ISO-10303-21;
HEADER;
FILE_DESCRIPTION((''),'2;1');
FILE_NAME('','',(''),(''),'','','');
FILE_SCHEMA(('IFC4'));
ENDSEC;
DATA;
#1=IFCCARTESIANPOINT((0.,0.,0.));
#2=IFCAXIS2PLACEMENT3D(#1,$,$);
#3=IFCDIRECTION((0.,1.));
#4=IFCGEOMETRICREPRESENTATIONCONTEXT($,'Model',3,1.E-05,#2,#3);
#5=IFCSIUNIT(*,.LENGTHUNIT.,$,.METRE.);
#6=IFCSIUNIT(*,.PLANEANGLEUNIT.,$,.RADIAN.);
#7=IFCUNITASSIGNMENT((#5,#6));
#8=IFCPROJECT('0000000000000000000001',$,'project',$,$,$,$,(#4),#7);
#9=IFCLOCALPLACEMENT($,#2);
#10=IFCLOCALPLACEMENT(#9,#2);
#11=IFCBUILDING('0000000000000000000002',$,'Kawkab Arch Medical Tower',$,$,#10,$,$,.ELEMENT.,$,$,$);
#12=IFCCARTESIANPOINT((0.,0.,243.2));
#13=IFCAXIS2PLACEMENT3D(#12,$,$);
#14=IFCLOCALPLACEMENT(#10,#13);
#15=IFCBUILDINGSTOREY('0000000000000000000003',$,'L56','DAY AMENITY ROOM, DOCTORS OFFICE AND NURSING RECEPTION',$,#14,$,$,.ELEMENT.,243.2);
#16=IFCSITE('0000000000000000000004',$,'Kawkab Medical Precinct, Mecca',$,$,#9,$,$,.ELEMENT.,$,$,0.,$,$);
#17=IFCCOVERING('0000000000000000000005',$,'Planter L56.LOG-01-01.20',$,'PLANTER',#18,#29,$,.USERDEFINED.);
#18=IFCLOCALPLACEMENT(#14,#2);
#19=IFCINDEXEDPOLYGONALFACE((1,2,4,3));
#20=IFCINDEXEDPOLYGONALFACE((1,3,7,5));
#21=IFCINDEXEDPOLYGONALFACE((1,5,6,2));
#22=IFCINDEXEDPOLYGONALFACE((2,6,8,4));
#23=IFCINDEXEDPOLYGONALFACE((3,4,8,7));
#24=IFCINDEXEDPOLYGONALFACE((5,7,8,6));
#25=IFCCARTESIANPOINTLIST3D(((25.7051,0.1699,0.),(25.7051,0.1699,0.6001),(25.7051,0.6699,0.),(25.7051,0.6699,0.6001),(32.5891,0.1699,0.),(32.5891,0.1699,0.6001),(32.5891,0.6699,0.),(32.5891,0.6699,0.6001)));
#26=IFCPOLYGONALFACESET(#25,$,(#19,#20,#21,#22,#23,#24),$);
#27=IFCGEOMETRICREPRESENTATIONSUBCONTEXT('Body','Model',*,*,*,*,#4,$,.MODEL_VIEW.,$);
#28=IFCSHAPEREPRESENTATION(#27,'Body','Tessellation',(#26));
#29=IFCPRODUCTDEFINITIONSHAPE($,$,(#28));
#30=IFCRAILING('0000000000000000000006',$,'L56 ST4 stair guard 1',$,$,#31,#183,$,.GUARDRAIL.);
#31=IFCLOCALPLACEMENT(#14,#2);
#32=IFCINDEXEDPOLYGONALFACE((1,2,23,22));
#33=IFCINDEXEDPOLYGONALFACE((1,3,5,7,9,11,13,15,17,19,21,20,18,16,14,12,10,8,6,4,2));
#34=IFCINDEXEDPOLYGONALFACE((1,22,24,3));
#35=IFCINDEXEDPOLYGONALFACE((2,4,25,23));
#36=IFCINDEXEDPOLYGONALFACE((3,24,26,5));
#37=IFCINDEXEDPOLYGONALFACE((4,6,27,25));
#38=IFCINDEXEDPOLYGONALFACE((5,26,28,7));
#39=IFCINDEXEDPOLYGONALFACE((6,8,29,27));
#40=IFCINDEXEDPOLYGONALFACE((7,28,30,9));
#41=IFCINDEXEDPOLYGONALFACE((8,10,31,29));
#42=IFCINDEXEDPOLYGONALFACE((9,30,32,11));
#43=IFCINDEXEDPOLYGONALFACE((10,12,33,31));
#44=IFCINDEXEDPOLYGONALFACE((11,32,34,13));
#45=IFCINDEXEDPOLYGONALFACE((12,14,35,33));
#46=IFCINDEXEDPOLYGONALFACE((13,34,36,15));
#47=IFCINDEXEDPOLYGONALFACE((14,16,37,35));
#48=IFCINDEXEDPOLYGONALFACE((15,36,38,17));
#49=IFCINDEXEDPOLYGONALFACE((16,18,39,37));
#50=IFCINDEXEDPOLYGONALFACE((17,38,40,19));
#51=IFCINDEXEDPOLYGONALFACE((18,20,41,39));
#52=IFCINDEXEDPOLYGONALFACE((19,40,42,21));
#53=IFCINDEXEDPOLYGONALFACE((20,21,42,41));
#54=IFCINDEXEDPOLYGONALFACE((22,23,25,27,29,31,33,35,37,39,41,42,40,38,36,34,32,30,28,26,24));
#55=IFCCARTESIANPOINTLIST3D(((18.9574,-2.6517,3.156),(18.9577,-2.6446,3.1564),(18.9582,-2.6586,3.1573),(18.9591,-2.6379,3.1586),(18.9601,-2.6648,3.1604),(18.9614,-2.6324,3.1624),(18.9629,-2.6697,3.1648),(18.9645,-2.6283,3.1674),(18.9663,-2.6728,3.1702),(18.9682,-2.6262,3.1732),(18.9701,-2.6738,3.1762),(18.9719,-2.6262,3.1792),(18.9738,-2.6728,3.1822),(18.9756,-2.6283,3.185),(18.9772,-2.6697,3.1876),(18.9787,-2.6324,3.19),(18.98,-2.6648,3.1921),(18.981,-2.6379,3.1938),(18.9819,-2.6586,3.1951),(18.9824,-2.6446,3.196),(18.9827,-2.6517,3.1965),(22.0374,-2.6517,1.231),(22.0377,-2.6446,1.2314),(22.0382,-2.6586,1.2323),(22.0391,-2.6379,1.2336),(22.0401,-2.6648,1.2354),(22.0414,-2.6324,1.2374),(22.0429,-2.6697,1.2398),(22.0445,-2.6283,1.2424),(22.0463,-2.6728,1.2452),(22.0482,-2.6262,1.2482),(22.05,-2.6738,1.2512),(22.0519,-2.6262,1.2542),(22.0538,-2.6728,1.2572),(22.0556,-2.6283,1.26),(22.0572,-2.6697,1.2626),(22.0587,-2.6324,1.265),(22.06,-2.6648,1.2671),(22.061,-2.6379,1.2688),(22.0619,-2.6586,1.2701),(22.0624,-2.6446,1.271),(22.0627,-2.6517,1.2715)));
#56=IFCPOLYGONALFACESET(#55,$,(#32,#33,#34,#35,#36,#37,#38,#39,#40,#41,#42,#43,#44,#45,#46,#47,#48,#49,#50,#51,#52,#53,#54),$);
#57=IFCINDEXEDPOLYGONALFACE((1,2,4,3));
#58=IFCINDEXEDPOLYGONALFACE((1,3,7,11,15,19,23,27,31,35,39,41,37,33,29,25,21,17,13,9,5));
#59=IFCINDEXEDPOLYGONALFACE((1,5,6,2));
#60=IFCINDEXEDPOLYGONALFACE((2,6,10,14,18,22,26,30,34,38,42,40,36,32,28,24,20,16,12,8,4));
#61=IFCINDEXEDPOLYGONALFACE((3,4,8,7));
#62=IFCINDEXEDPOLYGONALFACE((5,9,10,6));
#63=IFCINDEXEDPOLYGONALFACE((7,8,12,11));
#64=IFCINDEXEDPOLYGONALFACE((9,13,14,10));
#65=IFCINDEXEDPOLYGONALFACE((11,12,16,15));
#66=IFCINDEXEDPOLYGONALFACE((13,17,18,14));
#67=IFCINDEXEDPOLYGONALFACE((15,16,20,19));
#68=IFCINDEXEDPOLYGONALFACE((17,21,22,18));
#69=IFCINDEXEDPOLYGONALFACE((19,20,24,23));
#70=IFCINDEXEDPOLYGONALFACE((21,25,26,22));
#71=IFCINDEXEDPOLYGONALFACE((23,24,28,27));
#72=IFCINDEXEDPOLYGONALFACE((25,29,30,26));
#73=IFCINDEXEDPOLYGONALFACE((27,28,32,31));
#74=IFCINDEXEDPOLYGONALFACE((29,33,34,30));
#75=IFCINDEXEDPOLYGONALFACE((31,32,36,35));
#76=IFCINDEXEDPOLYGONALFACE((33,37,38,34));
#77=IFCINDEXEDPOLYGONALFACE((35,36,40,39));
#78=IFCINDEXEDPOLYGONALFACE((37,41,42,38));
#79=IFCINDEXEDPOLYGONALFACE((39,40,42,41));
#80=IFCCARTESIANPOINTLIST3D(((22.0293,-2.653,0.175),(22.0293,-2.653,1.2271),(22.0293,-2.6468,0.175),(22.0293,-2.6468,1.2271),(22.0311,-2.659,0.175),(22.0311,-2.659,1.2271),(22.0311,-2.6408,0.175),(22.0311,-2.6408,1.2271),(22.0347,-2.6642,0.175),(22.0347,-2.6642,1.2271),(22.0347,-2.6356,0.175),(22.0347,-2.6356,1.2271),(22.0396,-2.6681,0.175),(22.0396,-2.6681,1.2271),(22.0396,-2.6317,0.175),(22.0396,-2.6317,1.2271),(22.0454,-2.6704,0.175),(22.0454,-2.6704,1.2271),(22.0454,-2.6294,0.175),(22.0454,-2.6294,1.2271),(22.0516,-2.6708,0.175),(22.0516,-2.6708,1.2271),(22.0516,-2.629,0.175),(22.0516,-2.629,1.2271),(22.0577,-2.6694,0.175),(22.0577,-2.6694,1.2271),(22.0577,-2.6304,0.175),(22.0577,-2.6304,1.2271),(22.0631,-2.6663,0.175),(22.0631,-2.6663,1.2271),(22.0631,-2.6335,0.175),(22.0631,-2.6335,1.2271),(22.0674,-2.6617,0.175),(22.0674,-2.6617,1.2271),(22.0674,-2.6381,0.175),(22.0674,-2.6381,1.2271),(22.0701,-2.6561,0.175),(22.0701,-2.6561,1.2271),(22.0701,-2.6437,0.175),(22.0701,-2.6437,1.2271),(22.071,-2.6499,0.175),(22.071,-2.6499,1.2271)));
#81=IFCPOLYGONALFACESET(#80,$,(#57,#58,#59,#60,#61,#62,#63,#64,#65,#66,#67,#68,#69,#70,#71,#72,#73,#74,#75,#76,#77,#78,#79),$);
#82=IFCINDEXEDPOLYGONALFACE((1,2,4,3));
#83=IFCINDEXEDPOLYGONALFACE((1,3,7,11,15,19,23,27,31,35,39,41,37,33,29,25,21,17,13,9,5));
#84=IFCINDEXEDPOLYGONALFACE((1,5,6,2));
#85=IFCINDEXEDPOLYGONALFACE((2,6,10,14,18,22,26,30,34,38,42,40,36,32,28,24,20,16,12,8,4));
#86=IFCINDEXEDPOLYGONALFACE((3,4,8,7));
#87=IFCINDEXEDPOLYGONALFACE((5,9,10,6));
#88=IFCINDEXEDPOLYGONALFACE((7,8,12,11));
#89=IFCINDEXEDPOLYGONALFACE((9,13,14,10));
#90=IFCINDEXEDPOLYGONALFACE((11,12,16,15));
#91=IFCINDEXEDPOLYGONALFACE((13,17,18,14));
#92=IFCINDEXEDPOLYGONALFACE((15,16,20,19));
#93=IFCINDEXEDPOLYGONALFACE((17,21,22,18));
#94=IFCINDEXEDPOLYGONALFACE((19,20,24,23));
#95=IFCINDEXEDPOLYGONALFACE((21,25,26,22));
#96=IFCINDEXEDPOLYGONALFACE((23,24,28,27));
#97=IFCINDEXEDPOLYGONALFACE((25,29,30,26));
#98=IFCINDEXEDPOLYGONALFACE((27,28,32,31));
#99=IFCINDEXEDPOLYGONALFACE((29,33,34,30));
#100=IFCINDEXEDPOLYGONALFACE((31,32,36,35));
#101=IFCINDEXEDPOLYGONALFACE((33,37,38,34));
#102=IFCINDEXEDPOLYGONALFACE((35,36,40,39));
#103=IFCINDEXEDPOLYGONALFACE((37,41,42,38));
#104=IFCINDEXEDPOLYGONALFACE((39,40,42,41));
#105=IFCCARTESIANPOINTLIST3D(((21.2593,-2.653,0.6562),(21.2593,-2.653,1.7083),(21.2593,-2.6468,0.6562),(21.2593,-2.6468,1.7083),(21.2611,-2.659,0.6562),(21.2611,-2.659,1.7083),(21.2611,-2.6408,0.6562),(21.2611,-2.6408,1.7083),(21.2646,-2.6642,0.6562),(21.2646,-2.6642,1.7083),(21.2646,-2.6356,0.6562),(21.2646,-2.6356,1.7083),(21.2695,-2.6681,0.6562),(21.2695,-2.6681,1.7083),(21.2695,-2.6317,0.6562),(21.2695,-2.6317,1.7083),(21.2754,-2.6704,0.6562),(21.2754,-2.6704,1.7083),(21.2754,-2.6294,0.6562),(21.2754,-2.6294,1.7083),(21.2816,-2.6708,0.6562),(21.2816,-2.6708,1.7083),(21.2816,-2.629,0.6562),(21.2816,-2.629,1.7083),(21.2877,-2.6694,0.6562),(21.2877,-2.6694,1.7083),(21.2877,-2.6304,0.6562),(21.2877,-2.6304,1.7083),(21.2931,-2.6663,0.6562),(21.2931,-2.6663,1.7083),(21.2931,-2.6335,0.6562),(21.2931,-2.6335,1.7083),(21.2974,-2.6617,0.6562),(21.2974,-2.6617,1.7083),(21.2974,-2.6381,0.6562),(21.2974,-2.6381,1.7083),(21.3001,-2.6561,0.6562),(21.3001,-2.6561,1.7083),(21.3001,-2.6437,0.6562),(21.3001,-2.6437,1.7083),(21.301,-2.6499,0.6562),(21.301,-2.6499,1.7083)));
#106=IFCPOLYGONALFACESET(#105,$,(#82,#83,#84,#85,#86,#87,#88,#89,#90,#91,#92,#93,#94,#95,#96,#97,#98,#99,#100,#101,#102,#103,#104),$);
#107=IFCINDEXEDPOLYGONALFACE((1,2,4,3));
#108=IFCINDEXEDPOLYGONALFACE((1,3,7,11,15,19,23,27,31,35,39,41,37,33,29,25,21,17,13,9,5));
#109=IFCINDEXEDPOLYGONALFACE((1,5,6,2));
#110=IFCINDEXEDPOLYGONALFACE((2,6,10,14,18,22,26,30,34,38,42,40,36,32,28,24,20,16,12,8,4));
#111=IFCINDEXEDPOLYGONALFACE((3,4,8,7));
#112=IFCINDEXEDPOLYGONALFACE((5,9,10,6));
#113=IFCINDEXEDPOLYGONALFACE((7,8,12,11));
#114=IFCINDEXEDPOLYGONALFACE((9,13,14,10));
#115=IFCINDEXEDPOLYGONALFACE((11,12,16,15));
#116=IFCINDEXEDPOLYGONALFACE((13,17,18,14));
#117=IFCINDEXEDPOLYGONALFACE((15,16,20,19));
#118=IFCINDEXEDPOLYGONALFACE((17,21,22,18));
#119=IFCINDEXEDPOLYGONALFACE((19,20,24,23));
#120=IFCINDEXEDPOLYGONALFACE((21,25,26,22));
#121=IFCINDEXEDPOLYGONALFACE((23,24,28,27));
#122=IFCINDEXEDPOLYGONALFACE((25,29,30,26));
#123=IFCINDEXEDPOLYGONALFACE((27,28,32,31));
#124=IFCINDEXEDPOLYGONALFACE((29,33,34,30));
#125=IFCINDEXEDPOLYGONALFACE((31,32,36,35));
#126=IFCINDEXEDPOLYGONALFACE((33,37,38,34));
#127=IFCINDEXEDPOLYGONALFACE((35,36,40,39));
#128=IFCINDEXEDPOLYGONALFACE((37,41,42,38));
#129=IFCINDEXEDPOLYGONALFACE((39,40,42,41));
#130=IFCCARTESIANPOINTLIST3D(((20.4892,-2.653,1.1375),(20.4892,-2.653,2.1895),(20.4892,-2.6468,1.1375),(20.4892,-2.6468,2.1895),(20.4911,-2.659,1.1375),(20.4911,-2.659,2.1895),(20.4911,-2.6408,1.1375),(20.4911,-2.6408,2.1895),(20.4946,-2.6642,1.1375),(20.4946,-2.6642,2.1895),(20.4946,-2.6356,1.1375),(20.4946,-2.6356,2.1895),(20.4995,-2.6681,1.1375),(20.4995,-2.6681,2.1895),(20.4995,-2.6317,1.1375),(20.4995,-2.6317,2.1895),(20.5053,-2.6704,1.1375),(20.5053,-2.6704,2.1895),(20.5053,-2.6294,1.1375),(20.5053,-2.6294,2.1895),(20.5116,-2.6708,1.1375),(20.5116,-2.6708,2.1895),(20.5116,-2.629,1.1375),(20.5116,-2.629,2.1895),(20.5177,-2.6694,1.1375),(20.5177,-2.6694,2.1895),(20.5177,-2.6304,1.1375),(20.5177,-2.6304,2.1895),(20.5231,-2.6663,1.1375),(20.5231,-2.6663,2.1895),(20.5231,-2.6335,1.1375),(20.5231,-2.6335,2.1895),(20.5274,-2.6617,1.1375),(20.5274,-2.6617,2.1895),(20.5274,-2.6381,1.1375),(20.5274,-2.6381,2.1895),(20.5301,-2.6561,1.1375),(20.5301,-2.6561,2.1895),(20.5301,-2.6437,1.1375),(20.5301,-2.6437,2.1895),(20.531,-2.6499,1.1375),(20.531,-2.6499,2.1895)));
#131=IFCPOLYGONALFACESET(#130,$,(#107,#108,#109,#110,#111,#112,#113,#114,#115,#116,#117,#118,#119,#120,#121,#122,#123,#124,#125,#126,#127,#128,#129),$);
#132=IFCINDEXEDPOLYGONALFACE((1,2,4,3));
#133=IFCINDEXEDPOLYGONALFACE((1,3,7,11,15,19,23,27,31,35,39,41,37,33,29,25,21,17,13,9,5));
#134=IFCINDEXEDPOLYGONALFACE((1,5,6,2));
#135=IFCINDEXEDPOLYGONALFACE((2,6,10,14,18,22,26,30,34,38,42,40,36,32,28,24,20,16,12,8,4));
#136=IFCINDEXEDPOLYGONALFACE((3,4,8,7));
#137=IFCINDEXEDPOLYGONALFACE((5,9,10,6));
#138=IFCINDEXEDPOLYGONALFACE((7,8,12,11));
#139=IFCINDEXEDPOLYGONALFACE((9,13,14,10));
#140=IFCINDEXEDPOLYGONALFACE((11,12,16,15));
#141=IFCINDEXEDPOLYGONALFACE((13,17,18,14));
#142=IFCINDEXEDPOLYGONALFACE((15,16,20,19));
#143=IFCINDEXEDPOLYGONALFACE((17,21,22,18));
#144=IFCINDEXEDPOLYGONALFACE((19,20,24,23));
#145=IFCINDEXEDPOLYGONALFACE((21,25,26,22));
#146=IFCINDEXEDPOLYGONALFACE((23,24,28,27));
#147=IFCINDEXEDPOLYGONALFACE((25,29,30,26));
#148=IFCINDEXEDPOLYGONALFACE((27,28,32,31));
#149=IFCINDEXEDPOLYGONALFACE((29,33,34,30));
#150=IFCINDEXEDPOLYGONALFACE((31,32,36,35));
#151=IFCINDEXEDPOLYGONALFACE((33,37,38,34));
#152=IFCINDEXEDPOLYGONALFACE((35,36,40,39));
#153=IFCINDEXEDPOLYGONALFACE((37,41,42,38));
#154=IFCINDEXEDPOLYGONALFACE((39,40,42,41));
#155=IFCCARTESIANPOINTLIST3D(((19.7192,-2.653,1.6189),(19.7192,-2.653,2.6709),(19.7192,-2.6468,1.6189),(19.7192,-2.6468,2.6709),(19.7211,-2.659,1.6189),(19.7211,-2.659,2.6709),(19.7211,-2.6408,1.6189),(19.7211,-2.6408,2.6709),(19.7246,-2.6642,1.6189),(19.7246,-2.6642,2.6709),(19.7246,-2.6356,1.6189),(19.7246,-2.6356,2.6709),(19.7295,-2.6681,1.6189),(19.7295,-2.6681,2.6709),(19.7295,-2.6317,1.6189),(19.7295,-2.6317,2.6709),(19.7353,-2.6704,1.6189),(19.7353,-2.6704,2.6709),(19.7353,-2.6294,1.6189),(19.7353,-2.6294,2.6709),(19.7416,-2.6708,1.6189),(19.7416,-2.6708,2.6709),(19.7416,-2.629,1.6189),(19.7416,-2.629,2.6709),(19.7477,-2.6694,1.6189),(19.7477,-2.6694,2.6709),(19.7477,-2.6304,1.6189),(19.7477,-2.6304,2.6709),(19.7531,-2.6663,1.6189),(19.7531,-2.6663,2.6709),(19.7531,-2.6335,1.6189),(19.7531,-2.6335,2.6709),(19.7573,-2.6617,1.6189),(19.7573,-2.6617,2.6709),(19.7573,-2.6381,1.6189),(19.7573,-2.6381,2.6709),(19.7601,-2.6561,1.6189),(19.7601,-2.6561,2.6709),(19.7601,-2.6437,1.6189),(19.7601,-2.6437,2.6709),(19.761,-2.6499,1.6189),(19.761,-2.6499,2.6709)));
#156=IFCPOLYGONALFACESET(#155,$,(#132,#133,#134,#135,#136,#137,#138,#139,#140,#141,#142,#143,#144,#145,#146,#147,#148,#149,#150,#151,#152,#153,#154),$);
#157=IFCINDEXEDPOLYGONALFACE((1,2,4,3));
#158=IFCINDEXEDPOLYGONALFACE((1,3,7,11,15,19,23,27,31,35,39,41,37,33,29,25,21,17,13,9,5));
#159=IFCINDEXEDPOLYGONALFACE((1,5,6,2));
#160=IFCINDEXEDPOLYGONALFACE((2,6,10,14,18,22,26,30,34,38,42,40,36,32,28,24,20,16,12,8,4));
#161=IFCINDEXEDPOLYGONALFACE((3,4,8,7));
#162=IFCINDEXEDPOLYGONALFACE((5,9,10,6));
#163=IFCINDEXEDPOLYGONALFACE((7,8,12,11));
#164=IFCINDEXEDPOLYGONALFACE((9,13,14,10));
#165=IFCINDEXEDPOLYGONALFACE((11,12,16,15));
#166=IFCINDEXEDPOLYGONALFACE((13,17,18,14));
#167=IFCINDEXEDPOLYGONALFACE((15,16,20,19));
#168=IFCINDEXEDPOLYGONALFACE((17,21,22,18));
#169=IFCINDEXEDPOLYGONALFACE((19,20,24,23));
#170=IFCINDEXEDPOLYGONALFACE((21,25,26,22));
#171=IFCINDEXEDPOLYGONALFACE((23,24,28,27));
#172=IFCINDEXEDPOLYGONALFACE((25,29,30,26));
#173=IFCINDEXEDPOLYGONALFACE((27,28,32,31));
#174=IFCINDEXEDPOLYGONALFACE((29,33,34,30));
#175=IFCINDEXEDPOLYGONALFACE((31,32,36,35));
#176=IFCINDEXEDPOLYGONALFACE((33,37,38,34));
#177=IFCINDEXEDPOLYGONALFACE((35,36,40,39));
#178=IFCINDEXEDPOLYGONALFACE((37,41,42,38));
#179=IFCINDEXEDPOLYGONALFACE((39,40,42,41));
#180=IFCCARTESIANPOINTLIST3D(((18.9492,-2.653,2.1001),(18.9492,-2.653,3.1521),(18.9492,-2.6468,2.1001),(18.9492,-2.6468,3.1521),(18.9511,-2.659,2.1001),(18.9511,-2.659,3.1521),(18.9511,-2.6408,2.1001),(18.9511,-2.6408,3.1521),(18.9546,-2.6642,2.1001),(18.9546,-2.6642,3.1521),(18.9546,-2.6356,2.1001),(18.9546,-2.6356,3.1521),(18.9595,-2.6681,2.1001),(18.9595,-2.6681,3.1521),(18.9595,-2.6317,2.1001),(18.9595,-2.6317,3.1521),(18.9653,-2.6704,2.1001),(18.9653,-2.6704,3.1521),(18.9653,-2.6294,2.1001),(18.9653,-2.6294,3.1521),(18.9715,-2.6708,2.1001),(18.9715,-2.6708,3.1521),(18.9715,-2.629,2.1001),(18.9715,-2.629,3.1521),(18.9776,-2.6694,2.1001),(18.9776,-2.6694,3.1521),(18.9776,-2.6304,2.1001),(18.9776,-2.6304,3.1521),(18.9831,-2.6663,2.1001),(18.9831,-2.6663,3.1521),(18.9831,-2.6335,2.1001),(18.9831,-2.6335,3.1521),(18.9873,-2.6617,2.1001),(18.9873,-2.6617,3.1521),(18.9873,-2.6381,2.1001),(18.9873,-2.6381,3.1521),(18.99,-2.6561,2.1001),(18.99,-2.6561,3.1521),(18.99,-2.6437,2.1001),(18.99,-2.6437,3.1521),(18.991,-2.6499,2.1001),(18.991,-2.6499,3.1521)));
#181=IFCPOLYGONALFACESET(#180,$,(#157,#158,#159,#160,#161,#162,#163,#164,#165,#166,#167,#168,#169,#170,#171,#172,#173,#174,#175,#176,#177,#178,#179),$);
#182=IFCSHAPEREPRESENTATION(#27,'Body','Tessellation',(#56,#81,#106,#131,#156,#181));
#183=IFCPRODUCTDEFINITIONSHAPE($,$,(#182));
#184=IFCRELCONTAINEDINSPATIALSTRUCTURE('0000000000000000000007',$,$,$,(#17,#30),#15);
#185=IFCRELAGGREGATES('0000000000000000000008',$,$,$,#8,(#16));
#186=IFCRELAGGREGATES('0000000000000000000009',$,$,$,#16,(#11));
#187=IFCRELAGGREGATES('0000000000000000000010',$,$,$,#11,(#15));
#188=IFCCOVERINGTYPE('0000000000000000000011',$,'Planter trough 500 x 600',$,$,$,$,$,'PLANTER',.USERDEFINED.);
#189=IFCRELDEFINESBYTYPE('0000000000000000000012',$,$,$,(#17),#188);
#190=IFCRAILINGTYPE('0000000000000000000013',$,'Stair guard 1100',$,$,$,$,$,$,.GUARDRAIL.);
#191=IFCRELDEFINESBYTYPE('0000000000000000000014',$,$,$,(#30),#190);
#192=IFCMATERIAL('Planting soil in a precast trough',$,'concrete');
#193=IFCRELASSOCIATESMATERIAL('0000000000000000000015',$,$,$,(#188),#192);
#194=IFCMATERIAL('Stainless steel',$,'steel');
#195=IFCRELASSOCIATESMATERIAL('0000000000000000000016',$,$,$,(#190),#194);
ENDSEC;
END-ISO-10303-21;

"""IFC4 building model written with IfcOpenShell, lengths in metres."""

from ifc_helpers import new_model, si_unit, direction, frame, origin, origin_2d, place, context, subcontext, project, spatial, rectangle, circle, extrude, material, material_profile, profile_set, type_object, element, save


model = new_model("IFC4")

# Units and contexts
model_context = context("Model", 3, precision=1e-05, world=origin(), true_north=direction((0.0, 1.0)))
body_context = subcontext(model_context, "Body", "Model", "MODEL_VIEW")
ifc_project = project(units=[si_unit("LENGTHUNIT", "METRE"), si_unit("PLANEANGLEUNIT", "RADIAN")], contexts=[model_context])

# Site, building, storey
site_placement = place(None, origin())
site = spatial("IfcSite", under=ifc_project, at=site_placement, Name="Kawkab Medical Precinct, Mecca", CompositionType="ELEMENT", RefElevation=0.0)
building_placement = place(site_placement, origin())
building = spatial("IfcBuilding", under=site, at=building_placement, Name="Kawkab Arch Medical Tower", CompositionType="ELEMENT")
storey_placement = place(building_placement, frame((0.0, 0.0, 243.2)))
storey = spatial("IfcBuildingStorey", under=building, at=storey_placement, Name="L56", Description="DAY AMENITY ROOM, DOCTORS OFFICE AND NURSING RECEPTION", CompositionType="ELEMENT", Elevation=243.2)

# Covering
ifc_material_1 = material(Name="Planting soil in a precast trough", Category="concrete")
ifc_material_profile_1 = material_profile(ifc_material_1, rectangle(XDim=0.5, YDim=0.6001, at=origin_2d()), Name="Trough 500x600")
ifc_profile_set_1 = profile_set([ifc_material_profile_1], Name="Planting soil in a precast trough")
covering_type = type_object("IfcCoveringType", Name="Planter trough 500 x 600", ElementType="PLANTER", PredefinedType="USERDEFINED", material=ifc_profile_set_1)
covering_placement = place(storey_placement, frame((25.7051, 0.4199, 0.3), z_axis=(1.0, 0.0, 0.0), x_axis=(0.0, 1.0, 0.0)))
element("IfcCovering", 1, at=covering_placement, inside=storey, type_object=covering_type, Name="Planter L56.LOG-01-01.20", ObjectType="PLANTER", PredefinedType="USERDEFINED", context=body_context, shape_type="SweptSolid", body=[
    extrude(rectangle(XDim=0.5, YDim=0.6001, at=origin_2d()), origin(), (0.0, 0.0, 1.0), 6.884),
])

# Railing
ifc_material_2 = material(Name="Stainless steel", Category="steel")
railing_type = type_object("IfcRailingType", Name="Stair guard 1100", PredefinedType="GUARDRAIL", material=ifc_material_2)
railing_1_placement = place(storey_placement, frame((22.05, -2.6499, 0.175)))
element("IfcRailing", 2, at=railing_1_placement, inside=storey, type_object=railing_type, Name="L56 ST4 stair guard 1", PredefinedType="GUARDRAIL", context=body_context, shape_type="SweptSolid", body=[
    extrude(circle(Radius=0.0239, at=origin_2d()), frame((0.0, 0.0, 1.0762), z_axis=(-0.847998, 0.0, 0.529999), x_axis=(0.0, -1.0, 0.0)), (0.0, 0.0, 1.0), 3.6321),
    extrude(circle(Radius=0.021, at=origin_2d()), origin(), (0.0, 0.0, 1.0), 1.052),
    extrude(circle(Radius=0.021, at=origin_2d()), frame((-0.77, 0.0, 0.4812)), (0.0, 0.0, 1.0), 1.052),
    extrude(circle(Radius=0.021, at=origin_2d()), frame((-1.54, 0.0, 0.9624)), (0.0, 0.0, 1.0), 1.052),
    extrude(circle(Radius=0.021, at=origin_2d()), frame((-2.3101, 0.0, 1.4438)), (0.0, 0.0, 1.0), 1.052),
    extrude(circle(Radius=0.021, at=origin_2d()), frame((-3.0801, 0.0, 1.925)), (0.0, 0.0, 1.0), 1.052),
])

save(model, "model.ifc")
